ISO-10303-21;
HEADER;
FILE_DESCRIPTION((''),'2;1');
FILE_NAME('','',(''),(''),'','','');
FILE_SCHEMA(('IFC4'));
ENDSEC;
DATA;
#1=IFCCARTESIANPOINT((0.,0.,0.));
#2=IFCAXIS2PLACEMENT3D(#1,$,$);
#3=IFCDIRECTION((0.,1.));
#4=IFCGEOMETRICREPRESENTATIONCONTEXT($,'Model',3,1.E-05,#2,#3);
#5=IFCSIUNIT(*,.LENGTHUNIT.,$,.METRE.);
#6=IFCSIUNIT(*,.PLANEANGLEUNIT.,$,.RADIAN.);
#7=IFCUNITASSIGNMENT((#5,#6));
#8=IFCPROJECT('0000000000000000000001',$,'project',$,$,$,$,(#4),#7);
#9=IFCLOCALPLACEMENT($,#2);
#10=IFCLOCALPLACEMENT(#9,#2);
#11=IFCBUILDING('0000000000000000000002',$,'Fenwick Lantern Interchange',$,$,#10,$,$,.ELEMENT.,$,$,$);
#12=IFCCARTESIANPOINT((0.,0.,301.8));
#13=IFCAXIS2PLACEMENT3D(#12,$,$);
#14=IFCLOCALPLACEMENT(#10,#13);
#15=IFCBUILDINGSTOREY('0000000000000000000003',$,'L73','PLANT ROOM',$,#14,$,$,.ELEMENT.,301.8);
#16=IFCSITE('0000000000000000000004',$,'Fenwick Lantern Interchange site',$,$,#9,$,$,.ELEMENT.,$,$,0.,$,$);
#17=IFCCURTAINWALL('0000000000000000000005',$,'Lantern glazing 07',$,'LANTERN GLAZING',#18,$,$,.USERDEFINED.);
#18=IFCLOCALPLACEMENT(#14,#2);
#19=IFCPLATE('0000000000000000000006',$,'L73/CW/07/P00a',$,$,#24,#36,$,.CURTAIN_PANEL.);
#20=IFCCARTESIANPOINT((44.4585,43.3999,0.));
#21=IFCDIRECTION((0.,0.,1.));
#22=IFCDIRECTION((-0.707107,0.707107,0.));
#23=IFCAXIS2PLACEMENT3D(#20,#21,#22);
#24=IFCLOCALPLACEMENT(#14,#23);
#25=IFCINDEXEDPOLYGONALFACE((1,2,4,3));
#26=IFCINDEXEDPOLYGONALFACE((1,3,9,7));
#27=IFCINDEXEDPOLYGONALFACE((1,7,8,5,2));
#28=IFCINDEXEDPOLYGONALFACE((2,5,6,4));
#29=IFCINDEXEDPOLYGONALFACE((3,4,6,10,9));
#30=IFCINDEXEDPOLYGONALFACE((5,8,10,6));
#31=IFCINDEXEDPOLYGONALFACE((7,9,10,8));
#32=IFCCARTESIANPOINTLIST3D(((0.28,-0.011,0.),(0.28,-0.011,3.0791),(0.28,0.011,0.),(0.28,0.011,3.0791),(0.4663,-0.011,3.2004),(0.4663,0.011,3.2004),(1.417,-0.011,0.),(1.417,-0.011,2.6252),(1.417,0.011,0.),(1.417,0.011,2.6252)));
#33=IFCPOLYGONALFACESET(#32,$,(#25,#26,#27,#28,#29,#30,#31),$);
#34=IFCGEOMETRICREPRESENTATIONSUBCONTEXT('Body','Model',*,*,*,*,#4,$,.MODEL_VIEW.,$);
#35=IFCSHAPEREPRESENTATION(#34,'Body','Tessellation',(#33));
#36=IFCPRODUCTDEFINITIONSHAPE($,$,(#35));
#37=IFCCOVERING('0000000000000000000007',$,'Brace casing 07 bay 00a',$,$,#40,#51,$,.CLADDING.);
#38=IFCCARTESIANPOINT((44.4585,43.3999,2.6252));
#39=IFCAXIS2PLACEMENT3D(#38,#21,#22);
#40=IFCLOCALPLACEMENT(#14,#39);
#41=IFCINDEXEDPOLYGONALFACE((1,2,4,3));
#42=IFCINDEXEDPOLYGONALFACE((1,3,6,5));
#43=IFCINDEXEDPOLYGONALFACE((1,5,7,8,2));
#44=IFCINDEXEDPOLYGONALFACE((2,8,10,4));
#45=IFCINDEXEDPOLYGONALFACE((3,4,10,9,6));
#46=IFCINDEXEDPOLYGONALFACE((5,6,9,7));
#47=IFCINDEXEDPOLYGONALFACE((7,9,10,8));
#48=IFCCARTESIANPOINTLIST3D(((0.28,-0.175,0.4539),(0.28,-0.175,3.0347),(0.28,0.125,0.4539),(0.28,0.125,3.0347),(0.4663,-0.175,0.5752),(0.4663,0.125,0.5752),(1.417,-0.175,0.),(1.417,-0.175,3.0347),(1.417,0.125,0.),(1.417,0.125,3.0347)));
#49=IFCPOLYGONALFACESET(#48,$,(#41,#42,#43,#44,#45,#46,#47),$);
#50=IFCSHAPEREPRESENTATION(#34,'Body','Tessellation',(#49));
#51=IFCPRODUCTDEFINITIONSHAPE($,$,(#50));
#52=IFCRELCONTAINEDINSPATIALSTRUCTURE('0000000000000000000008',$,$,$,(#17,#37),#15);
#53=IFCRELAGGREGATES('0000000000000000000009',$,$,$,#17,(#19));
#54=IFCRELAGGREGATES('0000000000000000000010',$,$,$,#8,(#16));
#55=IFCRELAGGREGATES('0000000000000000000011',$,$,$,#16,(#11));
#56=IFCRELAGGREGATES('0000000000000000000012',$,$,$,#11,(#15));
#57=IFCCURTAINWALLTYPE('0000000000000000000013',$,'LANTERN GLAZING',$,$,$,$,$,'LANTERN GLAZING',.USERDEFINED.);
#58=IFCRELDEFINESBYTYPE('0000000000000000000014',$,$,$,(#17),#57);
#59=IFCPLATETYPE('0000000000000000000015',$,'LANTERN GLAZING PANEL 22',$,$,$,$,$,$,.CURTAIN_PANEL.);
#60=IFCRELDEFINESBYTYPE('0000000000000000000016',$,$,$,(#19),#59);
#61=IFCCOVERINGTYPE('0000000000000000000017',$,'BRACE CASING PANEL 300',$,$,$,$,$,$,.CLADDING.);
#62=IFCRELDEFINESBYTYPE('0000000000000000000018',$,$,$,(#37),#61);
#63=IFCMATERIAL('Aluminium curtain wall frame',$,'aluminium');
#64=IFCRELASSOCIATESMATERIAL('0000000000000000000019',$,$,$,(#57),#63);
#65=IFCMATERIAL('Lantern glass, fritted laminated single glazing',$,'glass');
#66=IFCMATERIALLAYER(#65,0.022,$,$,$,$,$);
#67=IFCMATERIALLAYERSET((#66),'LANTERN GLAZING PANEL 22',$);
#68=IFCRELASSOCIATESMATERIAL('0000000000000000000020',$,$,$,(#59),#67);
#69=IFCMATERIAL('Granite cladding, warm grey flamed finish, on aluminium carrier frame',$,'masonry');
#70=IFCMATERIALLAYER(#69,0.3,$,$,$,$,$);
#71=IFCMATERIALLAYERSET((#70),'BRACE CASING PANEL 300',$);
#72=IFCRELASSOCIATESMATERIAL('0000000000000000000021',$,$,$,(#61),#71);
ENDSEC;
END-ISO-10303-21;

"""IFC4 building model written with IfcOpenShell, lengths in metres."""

from ifc_helpers import new_model, si_unit, direction, frame, origin, place, context, subcontext, project, spatial, polyline, outline, extrude, material, layer, layer_set, type_object, element, aggregate, save


model = new_model("IFC4")

# Units and contexts
model_context = context("Model", 3, precision=1e-05, world=origin(), true_north=direction((0.0, 1.0)))
body_context = subcontext(model_context, "Body", "Model", "MODEL_VIEW")
ifc_project = project(units=[si_unit("LENGTHUNIT", "METRE"), si_unit("PLANEANGLEUNIT", "RADIAN")], contexts=[model_context])

# Site, building, storey
site_placement = place(None, origin())
site = spatial("IfcSite", under=ifc_project, at=site_placement, Name="Fenwick Lantern Interchange site", CompositionType="ELEMENT", RefElevation=0.0)
building_placement = place(site_placement, origin())
building = spatial("IfcBuilding", under=site, at=building_placement, Name="Fenwick Lantern Interchange", CompositionType="ELEMENT")
storey_placement = place(building_placement, frame((0.0, 0.0, 301.8)))
storey = spatial("IfcBuildingStorey", under=building, at=storey_placement, Name="L73", Description="PLANT ROOM", CompositionType="ELEMENT", Elevation=301.8)

# Shared definitions
ifc_material_1 = material(Name="Aluminium curtain wall frame", Category="aluminium")
curtain_wall_type = type_object("IfcCurtainWallType", Name="LANTERN GLAZING", ElementType="LANTERN GLAZING", PredefinedType="USERDEFINED", material=ifc_material_1)

# Shared definitions
ifc_material_2 = material(Name="Lantern glass, fritted laminated single glazing", Category="glass")
ifc_layer_1 = layer(ifc_material_2, 0.022)
ifc_layer_set_1 = layer_set([ifc_layer_1], Name="LANTERN GLAZING PANEL 22")
plate_type = type_object("IfcPlateType", Name="LANTERN GLAZING PANEL 22", PredefinedType="CURTAIN_PANEL", material=ifc_layer_set_1)

# Curtain wall, plate
curtain_wall_1_placement = place(storey_placement, origin())
curtain_wall_1 = element("IfcCurtainWall", 1, at=curtain_wall_1_placement, inside=storey, type_object=curtain_wall_type, Name="Lantern glazing 07", ObjectType="LANTERN GLAZING", PredefinedType="USERDEFINED")
plate_1_placement = place(storey_placement, frame((44.4585, 43.3999, 0.0), z_axis=(0.0, 0.0, 1.0), x_axis=(-0.707107, 0.707107, 0.0)))
plate_1 = element("IfcPlate", 2, at=plate_1_placement, type_object=plate_type, Name="L73/CW/07/P00a", PredefinedType="CURTAIN_PANEL", context=body_context, shape_type="SweptSolid", body=[
    extrude(outline(polyline([(0.28, 0.0), (1.417, 0.0), (1.417, 2.6252), (0.4663, 3.2004), (0.28, 3.0791), (0.28, 0.0)])), frame((0.0, 0.011, 0.0), z_axis=(0.0, -1.0, 0.0), x_axis=(1.0, 0.0, 0.0)), (0.0, 0.0, 1.0), 0.022),
])
aggregate(curtain_wall_1, [plate_1])

# Covering
ifc_material_3 = material(Name="Granite cladding, warm grey flamed finish, on aluminium carrier frame", Category="masonry")
ifc_layer_2 = layer(ifc_material_3, 0.3)
ifc_layer_set_2 = layer_set([ifc_layer_2], Name="BRACE CASING PANEL 300")
covering_type = type_object("IfcCoveringType", Name="BRACE CASING PANEL 300", PredefinedType="CLADDING", material=ifc_layer_set_2)
covering_placement = place(storey_placement, frame((44.4585, 43.3999, 2.6252), z_axis=(0.0, 0.0, 1.0), x_axis=(-0.707107, 0.707107, 0.0)))
element("IfcCovering", 3, at=covering_placement, inside=storey, type_object=covering_type, Name="Brace casing 07 bay 00a", PredefinedType="CLADDING", context=body_context, shape_type="SweptSolid", body=[
    extrude(outline(polyline([(1.417, 0.0), (1.417, 3.0347), (0.28, 3.0347), (0.28, 0.4539), (0.4663, 0.5752), (1.417, 0.0)])), frame((0.0, 0.125, 0.0), z_axis=(0.0, -1.0, 0.0), x_axis=(1.0, 0.0, 0.0)), (0.0, 0.0, 1.0), 0.3),
])

save(model, "model.ifc")
